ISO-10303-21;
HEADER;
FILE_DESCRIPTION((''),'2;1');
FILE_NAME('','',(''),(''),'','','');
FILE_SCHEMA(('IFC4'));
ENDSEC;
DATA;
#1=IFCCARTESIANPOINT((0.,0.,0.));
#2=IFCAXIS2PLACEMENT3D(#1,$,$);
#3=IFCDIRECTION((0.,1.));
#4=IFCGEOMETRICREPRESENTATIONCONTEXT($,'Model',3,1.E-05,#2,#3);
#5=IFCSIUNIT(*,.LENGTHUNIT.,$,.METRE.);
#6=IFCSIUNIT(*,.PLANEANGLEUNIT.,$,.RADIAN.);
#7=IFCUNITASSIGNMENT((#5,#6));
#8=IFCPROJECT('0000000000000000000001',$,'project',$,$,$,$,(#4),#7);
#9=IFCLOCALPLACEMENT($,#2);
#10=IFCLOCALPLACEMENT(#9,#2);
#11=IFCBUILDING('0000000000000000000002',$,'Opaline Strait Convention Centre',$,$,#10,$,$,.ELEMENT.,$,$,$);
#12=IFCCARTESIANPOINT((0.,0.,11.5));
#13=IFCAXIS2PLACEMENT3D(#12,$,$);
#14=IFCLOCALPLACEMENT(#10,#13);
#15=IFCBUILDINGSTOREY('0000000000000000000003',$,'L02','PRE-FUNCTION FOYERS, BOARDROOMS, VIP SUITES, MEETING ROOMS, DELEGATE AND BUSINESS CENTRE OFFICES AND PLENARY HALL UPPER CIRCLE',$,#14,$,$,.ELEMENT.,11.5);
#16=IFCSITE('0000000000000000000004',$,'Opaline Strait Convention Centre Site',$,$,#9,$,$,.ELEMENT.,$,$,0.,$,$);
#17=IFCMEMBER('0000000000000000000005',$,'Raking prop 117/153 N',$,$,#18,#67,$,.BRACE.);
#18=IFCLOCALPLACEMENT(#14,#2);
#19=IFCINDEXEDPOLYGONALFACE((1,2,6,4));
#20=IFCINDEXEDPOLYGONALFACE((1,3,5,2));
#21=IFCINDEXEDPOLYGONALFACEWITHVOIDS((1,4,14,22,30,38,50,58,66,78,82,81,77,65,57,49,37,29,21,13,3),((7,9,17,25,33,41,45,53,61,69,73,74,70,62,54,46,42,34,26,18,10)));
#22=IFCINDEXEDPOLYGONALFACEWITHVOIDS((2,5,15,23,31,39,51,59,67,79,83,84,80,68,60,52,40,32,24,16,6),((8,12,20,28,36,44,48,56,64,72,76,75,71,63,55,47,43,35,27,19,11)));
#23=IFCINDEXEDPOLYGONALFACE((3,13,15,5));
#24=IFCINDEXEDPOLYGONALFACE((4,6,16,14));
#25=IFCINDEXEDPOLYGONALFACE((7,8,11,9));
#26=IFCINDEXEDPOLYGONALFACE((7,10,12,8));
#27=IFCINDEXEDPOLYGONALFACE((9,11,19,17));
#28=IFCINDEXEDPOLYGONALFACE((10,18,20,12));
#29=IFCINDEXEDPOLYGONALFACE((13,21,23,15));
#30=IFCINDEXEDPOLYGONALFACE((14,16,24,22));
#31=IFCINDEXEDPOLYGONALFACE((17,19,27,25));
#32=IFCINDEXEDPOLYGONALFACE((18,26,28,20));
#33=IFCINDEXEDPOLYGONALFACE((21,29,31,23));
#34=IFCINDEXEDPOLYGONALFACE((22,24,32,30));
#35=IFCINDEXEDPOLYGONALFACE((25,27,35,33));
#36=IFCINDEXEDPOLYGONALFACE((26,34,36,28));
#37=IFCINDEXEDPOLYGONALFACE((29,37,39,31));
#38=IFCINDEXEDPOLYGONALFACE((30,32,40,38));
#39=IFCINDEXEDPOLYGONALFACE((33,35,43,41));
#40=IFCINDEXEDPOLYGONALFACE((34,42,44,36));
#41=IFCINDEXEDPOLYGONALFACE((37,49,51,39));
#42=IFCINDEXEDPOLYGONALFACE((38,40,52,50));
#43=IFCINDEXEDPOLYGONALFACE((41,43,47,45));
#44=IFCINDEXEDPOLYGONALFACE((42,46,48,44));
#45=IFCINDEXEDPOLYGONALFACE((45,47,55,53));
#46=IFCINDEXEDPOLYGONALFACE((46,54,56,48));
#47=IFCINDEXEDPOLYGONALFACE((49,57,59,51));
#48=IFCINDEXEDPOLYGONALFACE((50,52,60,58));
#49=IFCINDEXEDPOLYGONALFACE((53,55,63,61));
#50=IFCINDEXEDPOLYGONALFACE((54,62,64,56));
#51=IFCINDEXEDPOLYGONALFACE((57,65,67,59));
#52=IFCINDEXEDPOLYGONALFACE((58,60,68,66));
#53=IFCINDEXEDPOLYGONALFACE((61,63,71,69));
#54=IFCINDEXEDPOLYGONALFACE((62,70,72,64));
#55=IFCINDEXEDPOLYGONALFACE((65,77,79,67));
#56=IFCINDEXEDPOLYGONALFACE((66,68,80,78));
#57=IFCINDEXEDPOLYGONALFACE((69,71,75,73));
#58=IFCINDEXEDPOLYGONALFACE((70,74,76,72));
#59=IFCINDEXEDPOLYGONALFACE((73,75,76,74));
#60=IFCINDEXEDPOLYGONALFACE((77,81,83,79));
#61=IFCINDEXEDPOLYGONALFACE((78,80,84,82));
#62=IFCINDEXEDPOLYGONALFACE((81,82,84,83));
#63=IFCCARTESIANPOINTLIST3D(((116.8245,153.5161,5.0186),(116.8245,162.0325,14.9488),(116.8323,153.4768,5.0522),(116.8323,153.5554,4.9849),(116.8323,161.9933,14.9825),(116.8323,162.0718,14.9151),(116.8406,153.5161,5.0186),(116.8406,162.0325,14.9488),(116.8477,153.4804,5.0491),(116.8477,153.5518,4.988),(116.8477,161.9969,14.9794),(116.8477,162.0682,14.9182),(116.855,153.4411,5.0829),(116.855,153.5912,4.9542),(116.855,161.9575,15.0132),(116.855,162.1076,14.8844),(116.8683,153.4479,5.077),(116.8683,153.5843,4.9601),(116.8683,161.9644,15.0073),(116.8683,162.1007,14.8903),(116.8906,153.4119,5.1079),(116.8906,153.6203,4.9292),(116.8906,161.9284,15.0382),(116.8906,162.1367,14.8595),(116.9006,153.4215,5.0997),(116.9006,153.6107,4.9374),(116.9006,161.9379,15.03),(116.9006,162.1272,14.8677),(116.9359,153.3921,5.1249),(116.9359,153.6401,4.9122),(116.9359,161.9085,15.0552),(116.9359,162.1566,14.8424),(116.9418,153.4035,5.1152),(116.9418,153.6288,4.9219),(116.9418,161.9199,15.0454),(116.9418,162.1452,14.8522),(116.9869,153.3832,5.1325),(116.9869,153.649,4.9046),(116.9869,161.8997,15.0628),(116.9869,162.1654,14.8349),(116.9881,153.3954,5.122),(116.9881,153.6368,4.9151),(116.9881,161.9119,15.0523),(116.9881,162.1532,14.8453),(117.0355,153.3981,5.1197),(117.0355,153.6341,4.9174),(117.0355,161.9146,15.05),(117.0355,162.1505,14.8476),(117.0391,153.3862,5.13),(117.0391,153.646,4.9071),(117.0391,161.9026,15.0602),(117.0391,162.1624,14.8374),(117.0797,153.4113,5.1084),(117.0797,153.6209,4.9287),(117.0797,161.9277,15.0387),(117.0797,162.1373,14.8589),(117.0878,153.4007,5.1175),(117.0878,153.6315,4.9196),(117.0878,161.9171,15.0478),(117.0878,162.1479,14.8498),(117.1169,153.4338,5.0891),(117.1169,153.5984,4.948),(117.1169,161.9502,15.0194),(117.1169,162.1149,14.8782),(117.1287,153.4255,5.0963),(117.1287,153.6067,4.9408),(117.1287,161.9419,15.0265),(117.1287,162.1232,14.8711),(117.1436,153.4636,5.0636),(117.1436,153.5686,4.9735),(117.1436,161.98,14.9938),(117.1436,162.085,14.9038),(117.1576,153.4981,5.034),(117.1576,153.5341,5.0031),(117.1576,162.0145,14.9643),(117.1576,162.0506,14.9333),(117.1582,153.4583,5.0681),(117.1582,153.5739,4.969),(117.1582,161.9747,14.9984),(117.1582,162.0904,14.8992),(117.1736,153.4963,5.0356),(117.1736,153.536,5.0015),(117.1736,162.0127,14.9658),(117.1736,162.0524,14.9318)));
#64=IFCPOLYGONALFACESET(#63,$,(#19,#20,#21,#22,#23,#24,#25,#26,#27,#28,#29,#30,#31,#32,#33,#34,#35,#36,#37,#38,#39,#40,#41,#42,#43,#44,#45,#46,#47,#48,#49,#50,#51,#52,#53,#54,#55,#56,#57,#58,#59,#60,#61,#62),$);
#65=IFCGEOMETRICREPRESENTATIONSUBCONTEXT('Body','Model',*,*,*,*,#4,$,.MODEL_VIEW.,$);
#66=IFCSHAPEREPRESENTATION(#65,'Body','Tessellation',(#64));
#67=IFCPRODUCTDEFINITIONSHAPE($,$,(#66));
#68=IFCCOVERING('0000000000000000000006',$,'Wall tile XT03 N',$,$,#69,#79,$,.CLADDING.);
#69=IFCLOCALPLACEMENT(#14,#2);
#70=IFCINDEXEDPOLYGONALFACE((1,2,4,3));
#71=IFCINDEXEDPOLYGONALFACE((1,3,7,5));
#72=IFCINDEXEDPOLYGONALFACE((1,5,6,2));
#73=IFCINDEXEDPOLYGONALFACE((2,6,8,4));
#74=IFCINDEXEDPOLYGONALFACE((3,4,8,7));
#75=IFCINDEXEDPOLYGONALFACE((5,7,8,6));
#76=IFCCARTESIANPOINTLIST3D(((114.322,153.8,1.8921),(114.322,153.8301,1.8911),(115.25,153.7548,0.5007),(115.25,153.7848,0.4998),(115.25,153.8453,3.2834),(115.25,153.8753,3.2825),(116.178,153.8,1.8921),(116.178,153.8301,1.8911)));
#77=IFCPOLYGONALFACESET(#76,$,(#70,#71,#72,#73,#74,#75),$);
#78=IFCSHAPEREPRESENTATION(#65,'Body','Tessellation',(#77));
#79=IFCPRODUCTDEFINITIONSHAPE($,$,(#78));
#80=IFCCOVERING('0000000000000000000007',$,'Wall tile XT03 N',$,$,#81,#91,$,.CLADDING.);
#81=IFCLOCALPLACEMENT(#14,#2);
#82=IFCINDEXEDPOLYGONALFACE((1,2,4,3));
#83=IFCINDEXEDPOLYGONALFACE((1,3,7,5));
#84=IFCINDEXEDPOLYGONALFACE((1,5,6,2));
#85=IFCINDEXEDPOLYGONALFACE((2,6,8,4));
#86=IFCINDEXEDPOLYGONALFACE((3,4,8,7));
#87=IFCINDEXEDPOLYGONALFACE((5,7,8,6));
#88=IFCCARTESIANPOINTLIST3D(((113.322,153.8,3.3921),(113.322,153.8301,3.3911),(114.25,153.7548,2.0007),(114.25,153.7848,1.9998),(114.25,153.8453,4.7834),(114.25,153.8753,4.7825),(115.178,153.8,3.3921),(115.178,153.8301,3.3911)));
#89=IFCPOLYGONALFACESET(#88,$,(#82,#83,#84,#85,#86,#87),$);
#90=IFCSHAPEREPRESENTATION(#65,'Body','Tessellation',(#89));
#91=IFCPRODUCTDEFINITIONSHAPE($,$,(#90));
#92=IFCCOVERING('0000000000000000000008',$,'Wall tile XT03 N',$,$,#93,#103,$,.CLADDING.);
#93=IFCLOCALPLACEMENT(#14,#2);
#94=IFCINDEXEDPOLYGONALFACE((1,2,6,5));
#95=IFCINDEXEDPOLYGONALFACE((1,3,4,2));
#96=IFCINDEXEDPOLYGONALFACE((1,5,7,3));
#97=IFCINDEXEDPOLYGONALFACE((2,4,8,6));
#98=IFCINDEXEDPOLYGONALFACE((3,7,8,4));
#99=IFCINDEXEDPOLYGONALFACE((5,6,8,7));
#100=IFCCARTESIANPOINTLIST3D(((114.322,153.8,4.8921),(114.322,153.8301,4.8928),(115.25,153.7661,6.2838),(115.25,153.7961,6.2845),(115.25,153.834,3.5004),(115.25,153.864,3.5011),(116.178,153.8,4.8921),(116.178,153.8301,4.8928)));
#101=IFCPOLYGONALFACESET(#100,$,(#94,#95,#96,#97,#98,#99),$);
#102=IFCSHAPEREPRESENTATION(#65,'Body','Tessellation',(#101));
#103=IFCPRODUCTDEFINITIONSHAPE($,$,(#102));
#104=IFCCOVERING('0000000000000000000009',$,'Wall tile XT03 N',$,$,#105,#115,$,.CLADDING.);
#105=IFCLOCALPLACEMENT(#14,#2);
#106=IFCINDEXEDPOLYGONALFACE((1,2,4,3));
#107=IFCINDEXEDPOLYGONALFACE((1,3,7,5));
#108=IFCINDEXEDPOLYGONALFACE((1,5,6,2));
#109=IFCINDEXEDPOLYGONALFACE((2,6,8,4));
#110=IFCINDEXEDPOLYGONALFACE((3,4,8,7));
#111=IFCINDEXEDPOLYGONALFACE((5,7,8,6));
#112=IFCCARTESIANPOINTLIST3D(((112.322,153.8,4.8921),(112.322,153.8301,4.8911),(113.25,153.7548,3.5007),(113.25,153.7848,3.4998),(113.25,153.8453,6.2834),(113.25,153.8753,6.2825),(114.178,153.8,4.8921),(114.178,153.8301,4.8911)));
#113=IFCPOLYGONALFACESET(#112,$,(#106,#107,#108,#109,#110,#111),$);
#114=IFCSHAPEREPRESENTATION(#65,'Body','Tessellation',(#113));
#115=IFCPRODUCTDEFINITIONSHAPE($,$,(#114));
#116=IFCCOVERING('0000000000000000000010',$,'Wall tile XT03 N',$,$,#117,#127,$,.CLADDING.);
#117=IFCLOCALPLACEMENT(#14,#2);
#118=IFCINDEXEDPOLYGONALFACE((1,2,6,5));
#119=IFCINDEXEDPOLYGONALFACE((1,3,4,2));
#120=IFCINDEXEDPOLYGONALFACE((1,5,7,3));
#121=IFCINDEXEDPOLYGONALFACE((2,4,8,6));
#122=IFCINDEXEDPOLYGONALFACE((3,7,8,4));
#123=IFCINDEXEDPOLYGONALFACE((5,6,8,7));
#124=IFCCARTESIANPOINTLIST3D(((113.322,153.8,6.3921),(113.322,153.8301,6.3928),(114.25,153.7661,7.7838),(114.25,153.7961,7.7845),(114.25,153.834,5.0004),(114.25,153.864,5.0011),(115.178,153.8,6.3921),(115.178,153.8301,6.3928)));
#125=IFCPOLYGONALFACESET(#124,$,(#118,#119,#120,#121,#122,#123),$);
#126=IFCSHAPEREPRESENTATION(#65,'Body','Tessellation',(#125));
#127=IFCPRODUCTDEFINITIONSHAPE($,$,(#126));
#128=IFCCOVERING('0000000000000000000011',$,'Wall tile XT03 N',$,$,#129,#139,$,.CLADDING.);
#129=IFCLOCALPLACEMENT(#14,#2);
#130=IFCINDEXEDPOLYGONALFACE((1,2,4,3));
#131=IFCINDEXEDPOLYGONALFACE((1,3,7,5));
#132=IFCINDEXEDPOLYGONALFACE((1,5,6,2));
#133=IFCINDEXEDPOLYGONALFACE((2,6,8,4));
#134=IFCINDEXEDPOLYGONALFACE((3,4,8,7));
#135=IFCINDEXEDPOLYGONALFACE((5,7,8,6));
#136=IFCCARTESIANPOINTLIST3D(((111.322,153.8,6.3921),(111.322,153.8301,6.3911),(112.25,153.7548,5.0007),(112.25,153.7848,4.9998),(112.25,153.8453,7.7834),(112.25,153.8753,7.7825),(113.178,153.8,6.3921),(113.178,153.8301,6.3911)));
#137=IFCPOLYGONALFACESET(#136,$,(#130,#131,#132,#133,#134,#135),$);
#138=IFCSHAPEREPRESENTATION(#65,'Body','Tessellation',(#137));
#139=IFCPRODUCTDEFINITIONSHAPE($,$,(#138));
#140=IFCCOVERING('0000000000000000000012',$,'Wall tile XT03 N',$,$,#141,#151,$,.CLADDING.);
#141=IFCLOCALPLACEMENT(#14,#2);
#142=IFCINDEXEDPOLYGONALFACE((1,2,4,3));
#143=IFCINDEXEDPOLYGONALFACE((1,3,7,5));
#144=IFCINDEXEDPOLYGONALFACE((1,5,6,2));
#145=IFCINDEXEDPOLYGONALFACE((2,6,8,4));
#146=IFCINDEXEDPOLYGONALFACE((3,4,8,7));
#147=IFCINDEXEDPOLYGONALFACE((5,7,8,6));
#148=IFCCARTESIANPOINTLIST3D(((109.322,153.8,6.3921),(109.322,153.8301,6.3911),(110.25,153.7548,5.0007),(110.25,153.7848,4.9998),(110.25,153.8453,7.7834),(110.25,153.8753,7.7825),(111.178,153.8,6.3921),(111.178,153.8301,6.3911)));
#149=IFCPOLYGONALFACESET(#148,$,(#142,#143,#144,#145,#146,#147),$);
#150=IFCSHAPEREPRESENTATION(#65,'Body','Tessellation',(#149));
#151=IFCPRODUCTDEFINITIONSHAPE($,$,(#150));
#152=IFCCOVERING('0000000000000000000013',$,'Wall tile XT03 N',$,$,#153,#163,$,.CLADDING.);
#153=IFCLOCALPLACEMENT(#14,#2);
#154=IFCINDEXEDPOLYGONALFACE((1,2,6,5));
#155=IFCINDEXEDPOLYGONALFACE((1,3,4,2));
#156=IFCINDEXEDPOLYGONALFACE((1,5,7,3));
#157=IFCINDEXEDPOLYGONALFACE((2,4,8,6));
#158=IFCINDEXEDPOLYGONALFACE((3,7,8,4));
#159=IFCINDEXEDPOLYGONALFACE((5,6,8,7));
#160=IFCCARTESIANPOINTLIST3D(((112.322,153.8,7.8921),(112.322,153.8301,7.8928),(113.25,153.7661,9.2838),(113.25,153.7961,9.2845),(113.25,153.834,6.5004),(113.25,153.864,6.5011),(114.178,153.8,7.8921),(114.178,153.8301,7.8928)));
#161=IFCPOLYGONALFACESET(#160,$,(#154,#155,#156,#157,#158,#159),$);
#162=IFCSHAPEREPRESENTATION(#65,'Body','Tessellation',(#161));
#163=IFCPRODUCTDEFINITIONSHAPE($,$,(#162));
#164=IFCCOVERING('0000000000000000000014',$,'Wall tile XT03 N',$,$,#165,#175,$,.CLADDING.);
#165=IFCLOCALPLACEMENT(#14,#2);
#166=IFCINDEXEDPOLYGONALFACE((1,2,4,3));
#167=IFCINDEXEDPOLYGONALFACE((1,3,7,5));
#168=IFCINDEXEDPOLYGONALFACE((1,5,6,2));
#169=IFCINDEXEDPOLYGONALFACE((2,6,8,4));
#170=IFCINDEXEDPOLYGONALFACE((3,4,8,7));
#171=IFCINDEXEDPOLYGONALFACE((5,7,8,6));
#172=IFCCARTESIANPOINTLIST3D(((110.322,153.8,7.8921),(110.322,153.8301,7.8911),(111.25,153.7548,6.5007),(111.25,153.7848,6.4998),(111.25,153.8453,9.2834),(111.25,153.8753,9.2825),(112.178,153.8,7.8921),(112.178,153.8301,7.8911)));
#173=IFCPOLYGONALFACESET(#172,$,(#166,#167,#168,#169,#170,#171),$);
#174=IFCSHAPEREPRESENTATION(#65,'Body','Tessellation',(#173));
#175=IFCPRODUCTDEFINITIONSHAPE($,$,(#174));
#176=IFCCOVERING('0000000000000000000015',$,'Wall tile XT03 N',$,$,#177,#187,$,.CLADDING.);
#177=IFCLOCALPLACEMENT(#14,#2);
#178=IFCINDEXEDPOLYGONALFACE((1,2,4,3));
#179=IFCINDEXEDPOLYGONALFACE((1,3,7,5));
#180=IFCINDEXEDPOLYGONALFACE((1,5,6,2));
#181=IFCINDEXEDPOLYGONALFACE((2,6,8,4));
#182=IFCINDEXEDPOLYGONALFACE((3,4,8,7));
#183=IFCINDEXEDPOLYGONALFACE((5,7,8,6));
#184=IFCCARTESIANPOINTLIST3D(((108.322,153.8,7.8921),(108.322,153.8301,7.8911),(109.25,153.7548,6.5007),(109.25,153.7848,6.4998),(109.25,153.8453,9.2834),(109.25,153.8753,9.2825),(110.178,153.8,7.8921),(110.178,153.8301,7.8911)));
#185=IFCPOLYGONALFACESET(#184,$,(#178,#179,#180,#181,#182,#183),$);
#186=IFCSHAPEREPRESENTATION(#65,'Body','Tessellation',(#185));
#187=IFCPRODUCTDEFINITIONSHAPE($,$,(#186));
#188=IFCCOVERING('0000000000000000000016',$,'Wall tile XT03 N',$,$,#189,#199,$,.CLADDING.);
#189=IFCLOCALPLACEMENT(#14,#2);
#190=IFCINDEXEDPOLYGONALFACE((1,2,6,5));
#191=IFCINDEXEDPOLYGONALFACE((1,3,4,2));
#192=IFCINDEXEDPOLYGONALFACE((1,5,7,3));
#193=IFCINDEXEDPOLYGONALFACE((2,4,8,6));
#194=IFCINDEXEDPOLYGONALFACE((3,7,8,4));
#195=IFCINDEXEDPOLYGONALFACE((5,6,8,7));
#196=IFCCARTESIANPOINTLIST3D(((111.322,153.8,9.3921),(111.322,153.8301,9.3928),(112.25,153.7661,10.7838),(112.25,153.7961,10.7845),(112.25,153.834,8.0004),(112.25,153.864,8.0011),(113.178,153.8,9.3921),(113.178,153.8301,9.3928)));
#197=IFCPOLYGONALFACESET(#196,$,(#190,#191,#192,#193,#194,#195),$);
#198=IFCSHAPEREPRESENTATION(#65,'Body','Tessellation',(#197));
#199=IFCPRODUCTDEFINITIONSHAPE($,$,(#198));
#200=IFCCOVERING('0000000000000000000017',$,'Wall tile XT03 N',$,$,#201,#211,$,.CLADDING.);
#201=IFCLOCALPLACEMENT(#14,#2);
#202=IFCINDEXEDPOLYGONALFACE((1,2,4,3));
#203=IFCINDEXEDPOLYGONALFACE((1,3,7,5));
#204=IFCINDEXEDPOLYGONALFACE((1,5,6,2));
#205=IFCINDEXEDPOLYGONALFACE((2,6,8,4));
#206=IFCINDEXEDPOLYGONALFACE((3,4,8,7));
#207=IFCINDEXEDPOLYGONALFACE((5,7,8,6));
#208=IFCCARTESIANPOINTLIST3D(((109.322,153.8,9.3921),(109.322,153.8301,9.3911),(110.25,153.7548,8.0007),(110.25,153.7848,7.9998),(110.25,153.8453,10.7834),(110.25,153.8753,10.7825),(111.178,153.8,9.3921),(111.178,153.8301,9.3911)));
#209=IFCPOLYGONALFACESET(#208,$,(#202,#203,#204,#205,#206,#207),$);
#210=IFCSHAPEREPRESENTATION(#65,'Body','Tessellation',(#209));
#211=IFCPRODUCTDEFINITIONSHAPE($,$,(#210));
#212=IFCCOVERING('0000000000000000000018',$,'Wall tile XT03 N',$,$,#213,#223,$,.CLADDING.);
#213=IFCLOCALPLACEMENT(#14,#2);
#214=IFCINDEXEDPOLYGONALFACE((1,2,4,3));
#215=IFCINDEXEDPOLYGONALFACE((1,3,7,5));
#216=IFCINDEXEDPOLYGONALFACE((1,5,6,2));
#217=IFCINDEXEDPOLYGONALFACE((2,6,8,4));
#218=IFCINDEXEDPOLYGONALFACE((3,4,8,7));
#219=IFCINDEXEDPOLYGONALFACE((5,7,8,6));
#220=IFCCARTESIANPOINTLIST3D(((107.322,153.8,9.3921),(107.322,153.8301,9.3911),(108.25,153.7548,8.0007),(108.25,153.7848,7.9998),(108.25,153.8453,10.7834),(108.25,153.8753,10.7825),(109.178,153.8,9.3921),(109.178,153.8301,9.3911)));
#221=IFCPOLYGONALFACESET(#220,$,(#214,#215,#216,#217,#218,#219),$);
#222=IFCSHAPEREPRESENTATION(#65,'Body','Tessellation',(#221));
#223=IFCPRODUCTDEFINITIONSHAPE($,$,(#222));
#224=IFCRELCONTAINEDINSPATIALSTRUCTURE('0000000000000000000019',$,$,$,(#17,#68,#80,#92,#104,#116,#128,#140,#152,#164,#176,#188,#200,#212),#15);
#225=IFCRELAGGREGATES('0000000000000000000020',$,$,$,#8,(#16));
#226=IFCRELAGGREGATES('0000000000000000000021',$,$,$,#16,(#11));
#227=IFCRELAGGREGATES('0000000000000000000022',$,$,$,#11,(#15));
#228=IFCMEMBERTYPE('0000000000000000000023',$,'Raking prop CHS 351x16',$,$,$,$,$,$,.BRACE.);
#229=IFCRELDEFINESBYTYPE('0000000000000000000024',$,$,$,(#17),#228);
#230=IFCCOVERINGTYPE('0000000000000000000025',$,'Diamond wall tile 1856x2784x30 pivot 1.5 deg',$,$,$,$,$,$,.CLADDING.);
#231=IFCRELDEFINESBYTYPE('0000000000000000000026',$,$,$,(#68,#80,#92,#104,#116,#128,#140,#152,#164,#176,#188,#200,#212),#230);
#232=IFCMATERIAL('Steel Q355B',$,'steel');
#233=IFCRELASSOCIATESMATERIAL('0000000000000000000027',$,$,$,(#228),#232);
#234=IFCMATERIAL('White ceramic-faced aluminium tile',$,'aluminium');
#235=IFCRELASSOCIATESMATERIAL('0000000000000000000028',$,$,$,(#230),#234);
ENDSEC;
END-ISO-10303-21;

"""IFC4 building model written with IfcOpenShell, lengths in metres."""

from ifc_helpers import new_model, si_unit, direction, frame, origin, origin_2d, place, context, subcontext, project, spatial, polyline, hollow_circle, outline, extrude, material, material_profile, profile_set, type_object, element, save


model = new_model("IFC4")

# Units and contexts
model_context = context("Model", 3, precision=1e-05, world=origin(), true_north=direction((0.0, 1.0)))
body_context = subcontext(model_context, "Body", "Model", "MODEL_VIEW")
ifc_project = project(units=[si_unit("LENGTHUNIT", "METRE"), si_unit("PLANEANGLEUNIT", "RADIAN")], contexts=[model_context])

# Site, building, storey
site_placement = place(None, origin())
site = spatial("IfcSite", under=ifc_project, at=site_placement, Name="Opaline Strait Convention Centre Site", CompositionType="ELEMENT", RefElevation=0.0)
building_placement = place(site_placement, origin())
building = spatial("IfcBuilding", under=site, at=building_placement, Name="Opaline Strait Convention Centre", CompositionType="ELEMENT")
storey_placement = place(building_placement, frame((0.0, 0.0, 11.5)))
storey = spatial("IfcBuildingStorey", under=building, at=storey_placement, Name="L02", Description="PRE-FUNCTION FOYERS, BOARDROOMS, VIP SUITES, MEETING ROOMS, DELEGATE AND BUSINESS CENTRE OFFICES AND PLENARY HALL UPPER CIRCLE", CompositionType="ELEMENT", Elevation=11.5)

# Member
ifc_material_1 = material(Name="Steel Q355B", Category="steel")
ifc_material_profile_1 = material_profile(ifc_material_1, hollow_circle(Radius=0.1755, WallThickness=0.0161, at=origin_2d()), Name="CHS 351x16")
ifc_profile_set_1 = profile_set([ifc_material_profile_1], Name="Steel Q355B")
member_type = type_object("IfcMemberType", Name="Raking prop CHS 351x16", PredefinedType="BRACE", material=ifc_profile_set_1)
member_placement = place(storey_placement, frame((117.0, 153.5161, 5.0186), z_axis=(0.0, 0.651002, 0.759076), x_axis=(-1.0, 0.0, 0.0)))
element("IfcMember", 1, at=member_placement, inside=storey, type_object=member_type, Name="Raking prop 117/153 N", PredefinedType="BRACE", context=body_context, shape_type="SweptSolid", body=[
    extrude(hollow_circle(Radius=0.1755, WallThickness=0.0161, at=origin_2d()), origin(), (0.0, 0.0, 1.0), 13.082),
])

# Coverings
ifc_material_2 = material(Name="White ceramic-faced aluminium tile", Category="aluminium")
ifc_material_profile_2 = material_profile(ifc_material_2, outline(polyline([(0.928, 0.0), (0.0, 1.3921), (-0.928, 0.0), (0.0, -1.3921), (0.928, 0.0)])), Name="Diamond tile 1856x2784")
ifc_profile_set_2 = profile_set([ifc_material_profile_2], Name="White ceramic-faced aluminium tile")
covering_type_1 = type_object("IfcCoveringType", Name="Diamond wall tile 1856x2784x30 pivot 1.5 deg", PredefinedType="CLADDING", material=ifc_profile_set_2)
for number, where, z_axis, x_axis, name in (
    (2, (115.25, 153.8, 1.8921), (0.0, 0.999472, -0.032503), (-1.0, 0.0, 0.0), "Wall tile XT03 N"),
    (3, (114.25, 153.8, 3.3921), (0.0, 0.999472, -0.032503), (-1.0, 0.0, 0.0), "Wall tile XT03 N"),
    (4, (115.25, 153.8, 4.8921), (0.0, 0.999703, 0.024383), (-1.0, 0.0, 0.0), "Wall tile XT03 N"),
    (5, (113.25, 153.8, 4.8921), (0.0, 0.999472, -0.032503), (-1.0, 0.0, 0.0), "Wall tile XT03 N"),
    (6, (114.25, 153.8, 6.3921), (0.0, 0.999703, 0.024383), (-1.0, 0.0, 0.0), "Wall tile XT03 N"),
    (7, (112.25, 153.8, 6.3921), (0.0, 0.999472, -0.032503), (-1.0, 0.0, 0.0), "Wall tile XT03 N"),
    (8, (110.25, 153.8, 6.3921), (0.0, 0.999472, -0.032503), (-1.0, 0.0, 0.0), "Wall tile XT03 N"),
    (9, (113.25, 153.8, 7.8921), (0.0, 0.999703, 0.024383), (-1.0, 0.0, 0.0), "Wall tile XT03 N"),
    (10, (111.25, 153.8, 7.8921), (0.0, 0.999472, -0.032503), (-1.0, 0.0, 0.0), "Wall tile XT03 N"),
    (11, (109.25, 153.8, 7.8921), (0.0, 0.999472, -0.032503), (-1.0, 0.0, 0.0), "Wall tile XT03 N"),
    (12, (112.25, 153.8, 9.3921), (0.0, 0.999703, 0.024383), (-1.0, 0.0, 0.0), "Wall tile XT03 N"),
    (13, (110.25, 153.8, 9.3921), (0.0, 0.999472, -0.032503), (-1.0, 0.0, 0.0), "Wall tile XT03 N"),
    (14, (108.25, 153.8, 9.3921), (0.0, 0.999472, -0.032503), (-1.0, 0.0, 0.0), "Wall tile XT03 N"),
):
    element("IfcCovering", number, at=place(storey_placement, frame(where, z_axis=z_axis, x_axis=x_axis)), inside=storey, type_object=covering_type_1, Name=name, PredefinedType="CLADDING", context=body_context, shape_type="SweptSolid", body=[
        extrude(outline(polyline([(0.928, 0.0), (0.0, 1.3921), (-0.928, 0.0), (0.0, -1.3921), (0.928, 0.0)])), origin(), (0.0, 0.0, 1.0), 0.03),
    ])

save(model, "model.ifc")
